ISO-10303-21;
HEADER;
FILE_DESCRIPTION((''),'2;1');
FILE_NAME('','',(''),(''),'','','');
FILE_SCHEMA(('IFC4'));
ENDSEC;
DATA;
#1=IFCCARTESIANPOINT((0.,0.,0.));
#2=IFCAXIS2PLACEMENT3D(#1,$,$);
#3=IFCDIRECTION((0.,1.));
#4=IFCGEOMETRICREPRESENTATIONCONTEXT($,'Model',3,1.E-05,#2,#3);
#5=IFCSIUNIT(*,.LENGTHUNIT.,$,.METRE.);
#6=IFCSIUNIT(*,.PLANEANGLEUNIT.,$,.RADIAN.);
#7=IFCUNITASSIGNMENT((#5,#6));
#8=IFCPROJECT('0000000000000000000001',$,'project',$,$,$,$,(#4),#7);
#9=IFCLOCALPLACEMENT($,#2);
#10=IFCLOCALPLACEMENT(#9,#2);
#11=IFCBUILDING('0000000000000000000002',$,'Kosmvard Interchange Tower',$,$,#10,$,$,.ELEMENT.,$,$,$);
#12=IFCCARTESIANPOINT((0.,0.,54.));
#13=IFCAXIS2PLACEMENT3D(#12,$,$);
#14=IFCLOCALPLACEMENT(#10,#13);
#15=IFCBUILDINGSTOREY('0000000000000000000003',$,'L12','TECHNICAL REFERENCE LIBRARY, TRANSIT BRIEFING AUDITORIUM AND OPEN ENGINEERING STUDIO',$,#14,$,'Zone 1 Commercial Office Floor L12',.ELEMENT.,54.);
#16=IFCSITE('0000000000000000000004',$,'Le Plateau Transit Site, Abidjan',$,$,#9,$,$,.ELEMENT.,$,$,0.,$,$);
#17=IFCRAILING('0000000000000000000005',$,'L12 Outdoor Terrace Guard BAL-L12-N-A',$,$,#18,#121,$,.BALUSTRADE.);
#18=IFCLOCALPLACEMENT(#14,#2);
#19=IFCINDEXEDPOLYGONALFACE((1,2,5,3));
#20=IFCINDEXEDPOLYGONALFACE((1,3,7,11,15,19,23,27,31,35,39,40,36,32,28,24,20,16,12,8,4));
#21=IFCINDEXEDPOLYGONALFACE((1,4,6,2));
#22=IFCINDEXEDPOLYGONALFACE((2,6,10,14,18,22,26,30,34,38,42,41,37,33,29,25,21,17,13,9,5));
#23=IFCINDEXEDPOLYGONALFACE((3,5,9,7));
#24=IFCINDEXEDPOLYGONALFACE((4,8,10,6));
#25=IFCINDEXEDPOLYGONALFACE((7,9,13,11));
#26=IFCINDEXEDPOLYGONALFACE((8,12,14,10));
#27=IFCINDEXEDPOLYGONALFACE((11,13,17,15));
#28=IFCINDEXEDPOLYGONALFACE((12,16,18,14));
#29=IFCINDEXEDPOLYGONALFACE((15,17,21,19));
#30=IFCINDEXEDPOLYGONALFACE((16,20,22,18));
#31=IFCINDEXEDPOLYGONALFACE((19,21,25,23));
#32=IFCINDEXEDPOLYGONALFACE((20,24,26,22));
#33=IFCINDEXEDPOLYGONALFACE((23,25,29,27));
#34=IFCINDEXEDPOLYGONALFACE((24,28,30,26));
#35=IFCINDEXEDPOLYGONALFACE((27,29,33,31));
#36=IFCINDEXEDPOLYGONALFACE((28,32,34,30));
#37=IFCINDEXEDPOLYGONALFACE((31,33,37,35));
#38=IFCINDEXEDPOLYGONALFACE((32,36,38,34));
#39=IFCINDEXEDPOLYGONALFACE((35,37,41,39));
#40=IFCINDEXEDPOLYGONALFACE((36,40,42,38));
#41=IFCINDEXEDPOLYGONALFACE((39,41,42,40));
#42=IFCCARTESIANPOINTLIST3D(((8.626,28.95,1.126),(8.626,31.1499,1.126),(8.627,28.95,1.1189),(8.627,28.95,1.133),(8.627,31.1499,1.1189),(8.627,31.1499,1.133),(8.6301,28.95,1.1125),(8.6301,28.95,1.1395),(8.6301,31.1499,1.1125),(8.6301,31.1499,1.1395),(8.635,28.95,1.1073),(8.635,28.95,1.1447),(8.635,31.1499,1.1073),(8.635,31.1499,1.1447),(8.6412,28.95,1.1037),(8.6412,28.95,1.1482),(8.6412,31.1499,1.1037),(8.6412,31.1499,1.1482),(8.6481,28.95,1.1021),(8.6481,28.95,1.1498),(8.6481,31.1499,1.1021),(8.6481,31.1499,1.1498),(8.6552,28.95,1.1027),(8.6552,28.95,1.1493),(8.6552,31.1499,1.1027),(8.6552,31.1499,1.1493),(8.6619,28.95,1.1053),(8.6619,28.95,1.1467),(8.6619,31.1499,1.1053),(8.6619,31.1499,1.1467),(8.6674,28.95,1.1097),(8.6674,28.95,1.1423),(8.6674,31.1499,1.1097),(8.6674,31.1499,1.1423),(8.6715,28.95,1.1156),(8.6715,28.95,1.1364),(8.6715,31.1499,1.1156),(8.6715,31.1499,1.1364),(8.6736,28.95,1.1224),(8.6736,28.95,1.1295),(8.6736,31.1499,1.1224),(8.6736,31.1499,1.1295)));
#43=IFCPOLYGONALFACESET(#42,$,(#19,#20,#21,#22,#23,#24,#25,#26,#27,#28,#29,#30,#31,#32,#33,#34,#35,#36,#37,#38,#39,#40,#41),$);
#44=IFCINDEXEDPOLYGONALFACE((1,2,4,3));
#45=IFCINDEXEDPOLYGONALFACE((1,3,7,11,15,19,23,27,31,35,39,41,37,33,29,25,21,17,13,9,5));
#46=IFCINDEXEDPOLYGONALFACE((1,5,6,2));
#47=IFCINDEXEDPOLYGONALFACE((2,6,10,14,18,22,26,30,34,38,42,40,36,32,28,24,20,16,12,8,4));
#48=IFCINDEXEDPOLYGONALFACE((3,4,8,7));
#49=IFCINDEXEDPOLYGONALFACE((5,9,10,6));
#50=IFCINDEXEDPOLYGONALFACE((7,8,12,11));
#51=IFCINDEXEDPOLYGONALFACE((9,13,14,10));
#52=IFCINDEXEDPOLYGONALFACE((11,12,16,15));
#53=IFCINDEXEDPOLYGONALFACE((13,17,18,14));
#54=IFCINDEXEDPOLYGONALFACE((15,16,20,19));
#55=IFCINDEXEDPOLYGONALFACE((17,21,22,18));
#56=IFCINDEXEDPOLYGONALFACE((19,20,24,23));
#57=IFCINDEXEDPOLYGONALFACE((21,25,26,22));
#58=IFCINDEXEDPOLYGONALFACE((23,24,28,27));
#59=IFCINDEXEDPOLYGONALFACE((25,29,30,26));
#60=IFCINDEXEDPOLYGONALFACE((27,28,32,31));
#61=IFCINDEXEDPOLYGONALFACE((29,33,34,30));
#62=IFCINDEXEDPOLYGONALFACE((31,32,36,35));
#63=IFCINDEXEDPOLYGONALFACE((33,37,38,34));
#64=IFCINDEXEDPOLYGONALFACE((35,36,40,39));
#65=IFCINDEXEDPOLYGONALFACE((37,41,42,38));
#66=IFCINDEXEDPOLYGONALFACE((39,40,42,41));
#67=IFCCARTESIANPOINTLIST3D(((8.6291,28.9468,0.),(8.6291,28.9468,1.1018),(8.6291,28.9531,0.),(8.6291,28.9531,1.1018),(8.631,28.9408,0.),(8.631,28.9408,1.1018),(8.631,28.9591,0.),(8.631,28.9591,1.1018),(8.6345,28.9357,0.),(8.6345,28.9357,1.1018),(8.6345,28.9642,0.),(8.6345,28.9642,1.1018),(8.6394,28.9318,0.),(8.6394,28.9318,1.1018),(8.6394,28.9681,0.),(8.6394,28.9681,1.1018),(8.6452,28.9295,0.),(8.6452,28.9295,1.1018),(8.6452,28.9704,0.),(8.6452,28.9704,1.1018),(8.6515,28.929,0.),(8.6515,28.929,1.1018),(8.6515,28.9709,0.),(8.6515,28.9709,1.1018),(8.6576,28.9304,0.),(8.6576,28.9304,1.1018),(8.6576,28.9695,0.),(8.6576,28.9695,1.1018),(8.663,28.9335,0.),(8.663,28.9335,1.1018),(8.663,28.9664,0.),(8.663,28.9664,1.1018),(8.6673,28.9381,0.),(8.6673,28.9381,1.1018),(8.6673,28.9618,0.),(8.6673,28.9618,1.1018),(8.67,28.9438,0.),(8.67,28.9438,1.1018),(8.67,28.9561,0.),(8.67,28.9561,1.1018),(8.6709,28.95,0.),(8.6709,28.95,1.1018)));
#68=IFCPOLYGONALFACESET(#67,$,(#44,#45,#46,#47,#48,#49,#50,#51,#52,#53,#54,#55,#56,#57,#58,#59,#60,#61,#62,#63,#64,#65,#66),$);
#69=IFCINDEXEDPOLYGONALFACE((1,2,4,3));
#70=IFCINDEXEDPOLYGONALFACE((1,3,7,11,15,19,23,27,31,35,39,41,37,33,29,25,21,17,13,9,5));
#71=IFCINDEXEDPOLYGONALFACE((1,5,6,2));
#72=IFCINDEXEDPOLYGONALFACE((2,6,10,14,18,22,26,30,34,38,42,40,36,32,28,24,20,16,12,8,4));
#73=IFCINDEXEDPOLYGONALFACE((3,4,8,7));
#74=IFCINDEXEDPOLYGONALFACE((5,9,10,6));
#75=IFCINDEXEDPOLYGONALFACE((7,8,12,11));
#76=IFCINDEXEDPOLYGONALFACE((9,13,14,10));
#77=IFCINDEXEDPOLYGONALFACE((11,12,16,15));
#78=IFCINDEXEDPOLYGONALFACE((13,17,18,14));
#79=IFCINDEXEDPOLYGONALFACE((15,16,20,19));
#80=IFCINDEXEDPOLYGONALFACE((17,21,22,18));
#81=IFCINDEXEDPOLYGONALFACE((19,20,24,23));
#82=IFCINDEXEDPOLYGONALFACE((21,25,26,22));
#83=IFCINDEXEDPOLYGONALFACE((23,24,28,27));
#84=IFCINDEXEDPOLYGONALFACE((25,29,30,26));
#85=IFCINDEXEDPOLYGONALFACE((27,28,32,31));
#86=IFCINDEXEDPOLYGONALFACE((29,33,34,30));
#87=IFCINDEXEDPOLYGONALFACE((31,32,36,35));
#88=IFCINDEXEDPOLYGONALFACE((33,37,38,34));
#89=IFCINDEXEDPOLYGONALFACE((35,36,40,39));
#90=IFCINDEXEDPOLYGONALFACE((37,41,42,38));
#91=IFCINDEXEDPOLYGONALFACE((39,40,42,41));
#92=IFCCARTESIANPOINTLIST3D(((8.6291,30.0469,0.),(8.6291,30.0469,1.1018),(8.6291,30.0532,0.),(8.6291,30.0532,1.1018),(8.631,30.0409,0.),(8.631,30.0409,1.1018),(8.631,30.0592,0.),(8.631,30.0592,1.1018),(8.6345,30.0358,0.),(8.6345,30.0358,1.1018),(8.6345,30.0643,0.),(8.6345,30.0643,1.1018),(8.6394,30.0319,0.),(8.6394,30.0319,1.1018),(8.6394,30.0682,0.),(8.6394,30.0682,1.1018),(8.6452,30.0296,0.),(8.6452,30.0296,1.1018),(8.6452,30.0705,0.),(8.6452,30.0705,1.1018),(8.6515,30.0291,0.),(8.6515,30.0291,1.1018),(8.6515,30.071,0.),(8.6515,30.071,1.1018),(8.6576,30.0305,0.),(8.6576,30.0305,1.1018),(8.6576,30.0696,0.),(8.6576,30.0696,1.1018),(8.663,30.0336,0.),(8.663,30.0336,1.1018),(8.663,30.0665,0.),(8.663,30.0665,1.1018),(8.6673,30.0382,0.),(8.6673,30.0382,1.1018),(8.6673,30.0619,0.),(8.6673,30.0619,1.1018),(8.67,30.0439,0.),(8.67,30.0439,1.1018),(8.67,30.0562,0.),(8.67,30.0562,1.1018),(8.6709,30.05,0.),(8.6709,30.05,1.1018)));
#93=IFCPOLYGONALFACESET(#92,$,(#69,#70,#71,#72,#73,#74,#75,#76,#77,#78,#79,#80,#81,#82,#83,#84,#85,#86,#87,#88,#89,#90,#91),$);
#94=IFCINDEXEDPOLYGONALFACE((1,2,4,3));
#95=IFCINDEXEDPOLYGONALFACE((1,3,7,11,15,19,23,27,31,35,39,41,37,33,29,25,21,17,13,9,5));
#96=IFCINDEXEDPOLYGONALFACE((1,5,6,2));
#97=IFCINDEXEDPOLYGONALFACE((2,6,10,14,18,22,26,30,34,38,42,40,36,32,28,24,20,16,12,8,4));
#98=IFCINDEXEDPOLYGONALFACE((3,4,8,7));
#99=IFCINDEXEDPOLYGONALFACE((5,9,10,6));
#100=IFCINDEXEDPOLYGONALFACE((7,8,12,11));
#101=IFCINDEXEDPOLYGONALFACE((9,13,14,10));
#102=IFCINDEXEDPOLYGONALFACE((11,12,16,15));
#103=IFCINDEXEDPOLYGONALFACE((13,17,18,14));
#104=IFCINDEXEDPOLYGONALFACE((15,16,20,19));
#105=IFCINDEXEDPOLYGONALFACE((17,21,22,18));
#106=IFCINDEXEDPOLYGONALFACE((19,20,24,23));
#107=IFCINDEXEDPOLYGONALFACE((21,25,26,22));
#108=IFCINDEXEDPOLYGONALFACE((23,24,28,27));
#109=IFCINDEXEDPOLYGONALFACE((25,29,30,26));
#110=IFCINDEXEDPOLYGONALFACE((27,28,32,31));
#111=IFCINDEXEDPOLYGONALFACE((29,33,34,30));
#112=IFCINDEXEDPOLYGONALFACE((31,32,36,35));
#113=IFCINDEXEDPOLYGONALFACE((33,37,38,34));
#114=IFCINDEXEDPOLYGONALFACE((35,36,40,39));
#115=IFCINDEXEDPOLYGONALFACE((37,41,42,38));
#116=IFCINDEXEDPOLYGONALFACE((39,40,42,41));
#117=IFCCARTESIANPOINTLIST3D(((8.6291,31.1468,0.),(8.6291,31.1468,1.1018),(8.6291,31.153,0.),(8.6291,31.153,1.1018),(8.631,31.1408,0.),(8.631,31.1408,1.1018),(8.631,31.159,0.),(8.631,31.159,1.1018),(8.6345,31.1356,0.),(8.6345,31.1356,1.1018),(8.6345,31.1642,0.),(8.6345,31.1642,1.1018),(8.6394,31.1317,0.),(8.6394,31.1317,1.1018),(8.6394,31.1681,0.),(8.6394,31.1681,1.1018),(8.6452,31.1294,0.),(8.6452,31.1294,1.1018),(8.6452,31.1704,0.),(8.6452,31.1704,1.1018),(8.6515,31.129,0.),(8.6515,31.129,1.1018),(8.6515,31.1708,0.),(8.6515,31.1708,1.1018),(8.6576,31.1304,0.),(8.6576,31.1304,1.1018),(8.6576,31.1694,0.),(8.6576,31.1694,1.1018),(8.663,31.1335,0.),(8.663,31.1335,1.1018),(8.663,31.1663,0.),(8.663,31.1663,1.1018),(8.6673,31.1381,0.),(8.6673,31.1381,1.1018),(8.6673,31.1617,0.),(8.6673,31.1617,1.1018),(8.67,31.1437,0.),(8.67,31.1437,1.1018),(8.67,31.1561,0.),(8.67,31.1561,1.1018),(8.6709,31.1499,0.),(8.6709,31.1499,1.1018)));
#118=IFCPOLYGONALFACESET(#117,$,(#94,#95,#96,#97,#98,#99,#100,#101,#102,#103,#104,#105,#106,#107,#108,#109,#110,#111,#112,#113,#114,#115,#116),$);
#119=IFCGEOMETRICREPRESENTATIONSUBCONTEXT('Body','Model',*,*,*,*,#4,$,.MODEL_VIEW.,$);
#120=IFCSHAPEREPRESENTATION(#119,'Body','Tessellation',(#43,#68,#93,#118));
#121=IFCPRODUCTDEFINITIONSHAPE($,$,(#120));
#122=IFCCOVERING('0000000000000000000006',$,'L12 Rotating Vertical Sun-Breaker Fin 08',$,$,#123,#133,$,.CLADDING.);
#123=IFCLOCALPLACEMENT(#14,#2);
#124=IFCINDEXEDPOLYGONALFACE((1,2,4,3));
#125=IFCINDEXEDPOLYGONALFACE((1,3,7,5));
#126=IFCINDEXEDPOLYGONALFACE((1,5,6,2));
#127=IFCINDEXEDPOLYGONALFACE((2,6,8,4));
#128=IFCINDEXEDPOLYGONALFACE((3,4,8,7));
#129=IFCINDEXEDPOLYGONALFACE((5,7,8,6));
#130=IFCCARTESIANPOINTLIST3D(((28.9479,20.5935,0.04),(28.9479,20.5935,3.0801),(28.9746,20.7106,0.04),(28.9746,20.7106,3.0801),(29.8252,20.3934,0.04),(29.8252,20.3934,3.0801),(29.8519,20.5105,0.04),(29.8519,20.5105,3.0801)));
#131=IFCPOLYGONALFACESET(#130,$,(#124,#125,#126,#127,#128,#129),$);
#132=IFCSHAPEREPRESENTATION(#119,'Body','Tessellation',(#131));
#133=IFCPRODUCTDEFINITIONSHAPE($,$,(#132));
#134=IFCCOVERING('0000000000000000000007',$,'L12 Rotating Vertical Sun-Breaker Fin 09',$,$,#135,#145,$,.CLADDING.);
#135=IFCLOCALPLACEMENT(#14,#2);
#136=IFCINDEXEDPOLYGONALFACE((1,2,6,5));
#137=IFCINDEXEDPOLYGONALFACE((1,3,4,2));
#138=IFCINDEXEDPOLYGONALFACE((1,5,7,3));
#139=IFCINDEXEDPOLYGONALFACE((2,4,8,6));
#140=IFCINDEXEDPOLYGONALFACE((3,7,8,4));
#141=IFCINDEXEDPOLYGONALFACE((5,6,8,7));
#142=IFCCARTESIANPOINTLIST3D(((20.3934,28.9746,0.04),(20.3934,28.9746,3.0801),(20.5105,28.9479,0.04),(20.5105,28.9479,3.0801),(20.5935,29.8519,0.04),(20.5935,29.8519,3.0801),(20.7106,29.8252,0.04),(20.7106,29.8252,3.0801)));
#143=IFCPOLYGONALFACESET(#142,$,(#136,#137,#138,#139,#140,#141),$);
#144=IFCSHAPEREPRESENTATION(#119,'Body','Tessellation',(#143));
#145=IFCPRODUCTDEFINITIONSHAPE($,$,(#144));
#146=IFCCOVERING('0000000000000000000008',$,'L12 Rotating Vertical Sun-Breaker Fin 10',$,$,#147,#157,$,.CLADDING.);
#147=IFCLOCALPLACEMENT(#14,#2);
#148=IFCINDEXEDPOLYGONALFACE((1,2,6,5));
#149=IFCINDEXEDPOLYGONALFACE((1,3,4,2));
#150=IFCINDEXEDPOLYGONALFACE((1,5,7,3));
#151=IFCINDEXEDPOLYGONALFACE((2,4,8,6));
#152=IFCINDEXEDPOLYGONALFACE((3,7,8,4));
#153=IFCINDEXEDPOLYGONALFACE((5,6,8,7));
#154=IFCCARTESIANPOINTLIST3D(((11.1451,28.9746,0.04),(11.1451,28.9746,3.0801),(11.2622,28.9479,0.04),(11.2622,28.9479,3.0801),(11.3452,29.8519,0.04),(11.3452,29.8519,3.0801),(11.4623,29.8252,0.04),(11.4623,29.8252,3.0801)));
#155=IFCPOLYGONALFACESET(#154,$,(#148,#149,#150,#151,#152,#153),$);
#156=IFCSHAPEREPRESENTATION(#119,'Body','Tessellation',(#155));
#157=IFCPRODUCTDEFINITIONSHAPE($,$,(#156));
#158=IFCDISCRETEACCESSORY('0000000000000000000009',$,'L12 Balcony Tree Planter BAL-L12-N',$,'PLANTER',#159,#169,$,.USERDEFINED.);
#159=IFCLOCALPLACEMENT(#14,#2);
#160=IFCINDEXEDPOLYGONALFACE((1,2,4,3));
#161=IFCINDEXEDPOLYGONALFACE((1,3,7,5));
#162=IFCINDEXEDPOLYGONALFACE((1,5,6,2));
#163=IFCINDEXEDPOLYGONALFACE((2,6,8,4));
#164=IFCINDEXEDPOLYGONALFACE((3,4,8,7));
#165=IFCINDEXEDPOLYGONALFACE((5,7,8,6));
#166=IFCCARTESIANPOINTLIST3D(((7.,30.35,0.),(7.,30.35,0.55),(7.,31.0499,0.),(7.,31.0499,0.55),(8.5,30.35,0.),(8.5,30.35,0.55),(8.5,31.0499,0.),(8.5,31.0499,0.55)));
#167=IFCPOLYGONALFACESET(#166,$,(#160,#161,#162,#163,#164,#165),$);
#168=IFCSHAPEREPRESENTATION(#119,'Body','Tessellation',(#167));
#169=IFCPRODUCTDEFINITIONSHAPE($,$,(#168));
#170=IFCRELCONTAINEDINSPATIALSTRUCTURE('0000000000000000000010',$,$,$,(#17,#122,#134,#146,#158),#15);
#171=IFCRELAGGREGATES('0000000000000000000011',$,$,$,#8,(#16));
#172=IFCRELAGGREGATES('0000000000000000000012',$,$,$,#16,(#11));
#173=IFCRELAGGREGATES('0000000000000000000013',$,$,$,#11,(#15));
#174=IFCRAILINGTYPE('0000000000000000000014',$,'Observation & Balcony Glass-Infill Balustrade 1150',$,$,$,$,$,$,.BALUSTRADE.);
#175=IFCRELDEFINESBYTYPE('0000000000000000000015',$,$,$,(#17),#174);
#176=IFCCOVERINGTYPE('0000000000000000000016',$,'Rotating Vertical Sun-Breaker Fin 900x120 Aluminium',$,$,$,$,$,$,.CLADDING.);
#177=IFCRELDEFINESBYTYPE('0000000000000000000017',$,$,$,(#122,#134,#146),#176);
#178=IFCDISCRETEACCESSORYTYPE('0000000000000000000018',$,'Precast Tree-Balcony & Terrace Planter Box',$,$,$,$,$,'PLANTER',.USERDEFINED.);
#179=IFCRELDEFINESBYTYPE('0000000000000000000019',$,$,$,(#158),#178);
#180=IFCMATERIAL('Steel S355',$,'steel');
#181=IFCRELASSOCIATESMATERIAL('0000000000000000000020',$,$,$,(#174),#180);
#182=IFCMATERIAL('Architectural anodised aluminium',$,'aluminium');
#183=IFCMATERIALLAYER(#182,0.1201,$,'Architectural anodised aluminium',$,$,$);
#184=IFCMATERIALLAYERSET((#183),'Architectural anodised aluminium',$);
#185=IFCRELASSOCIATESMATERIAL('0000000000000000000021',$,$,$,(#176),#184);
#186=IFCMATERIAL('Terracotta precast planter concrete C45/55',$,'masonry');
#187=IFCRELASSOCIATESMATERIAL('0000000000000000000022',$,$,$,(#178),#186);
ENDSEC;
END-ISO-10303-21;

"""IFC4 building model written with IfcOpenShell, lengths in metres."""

from ifc_helpers import new_model, si_unit, direction, frame, origin, origin_2d, place, context, subcontext, project, spatial, rectangle, circle, extrude, source, transform, mapped, material, layer, layer_set, type_object, element, save


model = new_model("IFC4")

# Units and contexts
model_context = context("Model", 3, precision=1e-05, world=origin(), true_north=direction((0.0, 1.0)))
body_context = subcontext(model_context, "Body", "Model", "MODEL_VIEW")
ifc_project = project(units=[si_unit("LENGTHUNIT", "METRE"), si_unit("PLANEANGLEUNIT", "RADIAN")], contexts=[model_context])

# Site, building, storey
site_placement = place(None, origin())
site = spatial("IfcSite", under=ifc_project, at=site_placement, Name="Le Plateau Transit Site, Abidjan", CompositionType="ELEMENT", RefElevation=0.0)
building_placement = place(site_placement, origin())
building = spatial("IfcBuilding", under=site, at=building_placement, Name="Kosmvard Interchange Tower", CompositionType="ELEMENT")
storey_placement = place(building_placement, frame((0.0, 0.0, 54.0)))
storey = spatial("IfcBuildingStorey", under=building, at=storey_placement, Name="L12", Description="TECHNICAL REFERENCE LIBRARY, TRANSIT BRIEFING AUDITORIUM AND OPEN ENGINEERING STUDIO", LongName="Zone 1 Commercial Office Floor L12", CompositionType="ELEMENT", Elevation=54.0)

# Shared definitions
ifc_material_1 = material(Name="Steel S355", Category="steel")

# Railing
railing_type = type_object("IfcRailingType", Name="Observation & Balcony Glass-Infill Balustrade 1150", PredefinedType="BALUSTRADE", material=ifc_material_1)
shared_shape_1 = source(origin(), body_context, "Body", "SweptSolid", [
    extrude(circle(Radius=0.0239, at=origin_2d()), frame((0.0, 0.0, 1.126), z_axis=(0.0, 1.0, 0.0), x_axis=(-1.0, 0.0, 0.0)), (0.0, 0.0, 1.0), 2.2),
    extrude(circle(Radius=0.021, at=origin_2d()), origin(), (0.0, 0.0, 1.0), 1.1018),
    extrude(circle(Radius=0.021, at=origin_2d()), frame((0.0, 1.1001, 0.0)), (0.0, 0.0, 1.0), 1.1018),
    extrude(circle(Radius=0.021, at=origin_2d()), frame((0.0, 2.2, 0.0)), (0.0, 0.0, 1.0), 1.1018),
])
railing_1_placement = place(storey_placement, frame((8.6499, 28.95, 0.0)))
element("IfcRailing", 1, at=railing_1_placement, inside=storey, type_object=railing_type, Name="L12 Outdoor Terrace Guard BAL-L12-N-A", PredefinedType="BALUSTRADE", context=body_context, shape_type="MappedRepresentation", body=[
    mapped(shared_shape_1, transform((0.0, 0.0, 0.0), scale=1.0)),
])

# Coverings
ifc_material_2 = material(Name="Architectural anodised aluminium", Category="aluminium")
ifc_layer_1 = layer(ifc_material_2, 0.1201, Name="Architectural anodised aluminium")
ifc_layer_set_1 = layer_set([ifc_layer_1], Name="Architectural anodised aluminium")
covering_type = type_object("IfcCoveringType", Name="Rotating Vertical Sun-Breaker Fin 900x120 Aluminium", PredefinedType="CLADDING", material=ifc_layer_set_1)
shared_shape_2 = source(origin(), body_context, "Body", "SweptSolid", [
    extrude(rectangle(XDim=0.8999, YDim=0.1201, at=origin_2d()), origin(), (0.0, 0.0, 1.0), 3.04),
])
for number, where, z_axis, x_axis, name in (
    (2, (29.3999, 20.552, 0.04), (0.0, 0.0, 1.0), (0.974956, -0.222399, 0.0), "L12 Rotating Vertical Sun-Breaker Fin 08"),
    (3, (20.552, 29.3999, 0.04), (0.0, 0.0, 1.0), (0.222399, 0.974956, 0.0), "L12 Rotating Vertical Sun-Breaker Fin 09"),
    (4, (11.3037, 29.3999, 0.04), (0.0, 0.0, 1.0), (0.222399, 0.974956, 0.0), "L12 Rotating Vertical Sun-Breaker Fin 10"),
):
    element("IfcCovering", number, at=place(storey_placement, frame(where, z_axis=z_axis, x_axis=x_axis)), inside=storey, type_object=covering_type, Name=name, PredefinedType="CLADDING", context=body_context, shape_type="MappedRepresentation", body=[
        mapped(shared_shape_2, transform((0.0, 0.0, 0.0), scale=1.0)),
    ])

# Discrete accessory
ifc_material_3 = material(Name="Terracotta precast planter concrete C45/55", Category="masonry")
discrete_accessory_type = type_object("IfcDiscreteAccessoryType", Name="Precast Tree-Balcony & Terrace Planter Box", ElementType="PLANTER", PredefinedType="USERDEFINED", material=ifc_material_3)
shared_shape_3 = source(origin(), body_context, "Body", "SweptSolid", [
    extrude(rectangle(XDim=1.5, YDim=0.7, at=origin_2d()), origin(), (0.0, 0.0, 1.0), 0.55),
])
discrete_accessory_placement = place(storey_placement, frame((7.75, 30.7, 0.0), z_axis=(0.0, 0.0, 1.0), x_axis=(1.0, 0.0, 0.0)))
element("IfcDiscreteAccessory", 5, at=discrete_accessory_placement, inside=storey, type_object=discrete_accessory_type, Name="L12 Balcony Tree Planter BAL-L12-N", ObjectType="PLANTER", PredefinedType="USERDEFINED", context=body_context, shape_type="MappedRepresentation", body=[
    mapped(shared_shape_3, transform((0.0, 0.0, 0.0), scale=1.0)),
])

save(model, "model.ifc")
